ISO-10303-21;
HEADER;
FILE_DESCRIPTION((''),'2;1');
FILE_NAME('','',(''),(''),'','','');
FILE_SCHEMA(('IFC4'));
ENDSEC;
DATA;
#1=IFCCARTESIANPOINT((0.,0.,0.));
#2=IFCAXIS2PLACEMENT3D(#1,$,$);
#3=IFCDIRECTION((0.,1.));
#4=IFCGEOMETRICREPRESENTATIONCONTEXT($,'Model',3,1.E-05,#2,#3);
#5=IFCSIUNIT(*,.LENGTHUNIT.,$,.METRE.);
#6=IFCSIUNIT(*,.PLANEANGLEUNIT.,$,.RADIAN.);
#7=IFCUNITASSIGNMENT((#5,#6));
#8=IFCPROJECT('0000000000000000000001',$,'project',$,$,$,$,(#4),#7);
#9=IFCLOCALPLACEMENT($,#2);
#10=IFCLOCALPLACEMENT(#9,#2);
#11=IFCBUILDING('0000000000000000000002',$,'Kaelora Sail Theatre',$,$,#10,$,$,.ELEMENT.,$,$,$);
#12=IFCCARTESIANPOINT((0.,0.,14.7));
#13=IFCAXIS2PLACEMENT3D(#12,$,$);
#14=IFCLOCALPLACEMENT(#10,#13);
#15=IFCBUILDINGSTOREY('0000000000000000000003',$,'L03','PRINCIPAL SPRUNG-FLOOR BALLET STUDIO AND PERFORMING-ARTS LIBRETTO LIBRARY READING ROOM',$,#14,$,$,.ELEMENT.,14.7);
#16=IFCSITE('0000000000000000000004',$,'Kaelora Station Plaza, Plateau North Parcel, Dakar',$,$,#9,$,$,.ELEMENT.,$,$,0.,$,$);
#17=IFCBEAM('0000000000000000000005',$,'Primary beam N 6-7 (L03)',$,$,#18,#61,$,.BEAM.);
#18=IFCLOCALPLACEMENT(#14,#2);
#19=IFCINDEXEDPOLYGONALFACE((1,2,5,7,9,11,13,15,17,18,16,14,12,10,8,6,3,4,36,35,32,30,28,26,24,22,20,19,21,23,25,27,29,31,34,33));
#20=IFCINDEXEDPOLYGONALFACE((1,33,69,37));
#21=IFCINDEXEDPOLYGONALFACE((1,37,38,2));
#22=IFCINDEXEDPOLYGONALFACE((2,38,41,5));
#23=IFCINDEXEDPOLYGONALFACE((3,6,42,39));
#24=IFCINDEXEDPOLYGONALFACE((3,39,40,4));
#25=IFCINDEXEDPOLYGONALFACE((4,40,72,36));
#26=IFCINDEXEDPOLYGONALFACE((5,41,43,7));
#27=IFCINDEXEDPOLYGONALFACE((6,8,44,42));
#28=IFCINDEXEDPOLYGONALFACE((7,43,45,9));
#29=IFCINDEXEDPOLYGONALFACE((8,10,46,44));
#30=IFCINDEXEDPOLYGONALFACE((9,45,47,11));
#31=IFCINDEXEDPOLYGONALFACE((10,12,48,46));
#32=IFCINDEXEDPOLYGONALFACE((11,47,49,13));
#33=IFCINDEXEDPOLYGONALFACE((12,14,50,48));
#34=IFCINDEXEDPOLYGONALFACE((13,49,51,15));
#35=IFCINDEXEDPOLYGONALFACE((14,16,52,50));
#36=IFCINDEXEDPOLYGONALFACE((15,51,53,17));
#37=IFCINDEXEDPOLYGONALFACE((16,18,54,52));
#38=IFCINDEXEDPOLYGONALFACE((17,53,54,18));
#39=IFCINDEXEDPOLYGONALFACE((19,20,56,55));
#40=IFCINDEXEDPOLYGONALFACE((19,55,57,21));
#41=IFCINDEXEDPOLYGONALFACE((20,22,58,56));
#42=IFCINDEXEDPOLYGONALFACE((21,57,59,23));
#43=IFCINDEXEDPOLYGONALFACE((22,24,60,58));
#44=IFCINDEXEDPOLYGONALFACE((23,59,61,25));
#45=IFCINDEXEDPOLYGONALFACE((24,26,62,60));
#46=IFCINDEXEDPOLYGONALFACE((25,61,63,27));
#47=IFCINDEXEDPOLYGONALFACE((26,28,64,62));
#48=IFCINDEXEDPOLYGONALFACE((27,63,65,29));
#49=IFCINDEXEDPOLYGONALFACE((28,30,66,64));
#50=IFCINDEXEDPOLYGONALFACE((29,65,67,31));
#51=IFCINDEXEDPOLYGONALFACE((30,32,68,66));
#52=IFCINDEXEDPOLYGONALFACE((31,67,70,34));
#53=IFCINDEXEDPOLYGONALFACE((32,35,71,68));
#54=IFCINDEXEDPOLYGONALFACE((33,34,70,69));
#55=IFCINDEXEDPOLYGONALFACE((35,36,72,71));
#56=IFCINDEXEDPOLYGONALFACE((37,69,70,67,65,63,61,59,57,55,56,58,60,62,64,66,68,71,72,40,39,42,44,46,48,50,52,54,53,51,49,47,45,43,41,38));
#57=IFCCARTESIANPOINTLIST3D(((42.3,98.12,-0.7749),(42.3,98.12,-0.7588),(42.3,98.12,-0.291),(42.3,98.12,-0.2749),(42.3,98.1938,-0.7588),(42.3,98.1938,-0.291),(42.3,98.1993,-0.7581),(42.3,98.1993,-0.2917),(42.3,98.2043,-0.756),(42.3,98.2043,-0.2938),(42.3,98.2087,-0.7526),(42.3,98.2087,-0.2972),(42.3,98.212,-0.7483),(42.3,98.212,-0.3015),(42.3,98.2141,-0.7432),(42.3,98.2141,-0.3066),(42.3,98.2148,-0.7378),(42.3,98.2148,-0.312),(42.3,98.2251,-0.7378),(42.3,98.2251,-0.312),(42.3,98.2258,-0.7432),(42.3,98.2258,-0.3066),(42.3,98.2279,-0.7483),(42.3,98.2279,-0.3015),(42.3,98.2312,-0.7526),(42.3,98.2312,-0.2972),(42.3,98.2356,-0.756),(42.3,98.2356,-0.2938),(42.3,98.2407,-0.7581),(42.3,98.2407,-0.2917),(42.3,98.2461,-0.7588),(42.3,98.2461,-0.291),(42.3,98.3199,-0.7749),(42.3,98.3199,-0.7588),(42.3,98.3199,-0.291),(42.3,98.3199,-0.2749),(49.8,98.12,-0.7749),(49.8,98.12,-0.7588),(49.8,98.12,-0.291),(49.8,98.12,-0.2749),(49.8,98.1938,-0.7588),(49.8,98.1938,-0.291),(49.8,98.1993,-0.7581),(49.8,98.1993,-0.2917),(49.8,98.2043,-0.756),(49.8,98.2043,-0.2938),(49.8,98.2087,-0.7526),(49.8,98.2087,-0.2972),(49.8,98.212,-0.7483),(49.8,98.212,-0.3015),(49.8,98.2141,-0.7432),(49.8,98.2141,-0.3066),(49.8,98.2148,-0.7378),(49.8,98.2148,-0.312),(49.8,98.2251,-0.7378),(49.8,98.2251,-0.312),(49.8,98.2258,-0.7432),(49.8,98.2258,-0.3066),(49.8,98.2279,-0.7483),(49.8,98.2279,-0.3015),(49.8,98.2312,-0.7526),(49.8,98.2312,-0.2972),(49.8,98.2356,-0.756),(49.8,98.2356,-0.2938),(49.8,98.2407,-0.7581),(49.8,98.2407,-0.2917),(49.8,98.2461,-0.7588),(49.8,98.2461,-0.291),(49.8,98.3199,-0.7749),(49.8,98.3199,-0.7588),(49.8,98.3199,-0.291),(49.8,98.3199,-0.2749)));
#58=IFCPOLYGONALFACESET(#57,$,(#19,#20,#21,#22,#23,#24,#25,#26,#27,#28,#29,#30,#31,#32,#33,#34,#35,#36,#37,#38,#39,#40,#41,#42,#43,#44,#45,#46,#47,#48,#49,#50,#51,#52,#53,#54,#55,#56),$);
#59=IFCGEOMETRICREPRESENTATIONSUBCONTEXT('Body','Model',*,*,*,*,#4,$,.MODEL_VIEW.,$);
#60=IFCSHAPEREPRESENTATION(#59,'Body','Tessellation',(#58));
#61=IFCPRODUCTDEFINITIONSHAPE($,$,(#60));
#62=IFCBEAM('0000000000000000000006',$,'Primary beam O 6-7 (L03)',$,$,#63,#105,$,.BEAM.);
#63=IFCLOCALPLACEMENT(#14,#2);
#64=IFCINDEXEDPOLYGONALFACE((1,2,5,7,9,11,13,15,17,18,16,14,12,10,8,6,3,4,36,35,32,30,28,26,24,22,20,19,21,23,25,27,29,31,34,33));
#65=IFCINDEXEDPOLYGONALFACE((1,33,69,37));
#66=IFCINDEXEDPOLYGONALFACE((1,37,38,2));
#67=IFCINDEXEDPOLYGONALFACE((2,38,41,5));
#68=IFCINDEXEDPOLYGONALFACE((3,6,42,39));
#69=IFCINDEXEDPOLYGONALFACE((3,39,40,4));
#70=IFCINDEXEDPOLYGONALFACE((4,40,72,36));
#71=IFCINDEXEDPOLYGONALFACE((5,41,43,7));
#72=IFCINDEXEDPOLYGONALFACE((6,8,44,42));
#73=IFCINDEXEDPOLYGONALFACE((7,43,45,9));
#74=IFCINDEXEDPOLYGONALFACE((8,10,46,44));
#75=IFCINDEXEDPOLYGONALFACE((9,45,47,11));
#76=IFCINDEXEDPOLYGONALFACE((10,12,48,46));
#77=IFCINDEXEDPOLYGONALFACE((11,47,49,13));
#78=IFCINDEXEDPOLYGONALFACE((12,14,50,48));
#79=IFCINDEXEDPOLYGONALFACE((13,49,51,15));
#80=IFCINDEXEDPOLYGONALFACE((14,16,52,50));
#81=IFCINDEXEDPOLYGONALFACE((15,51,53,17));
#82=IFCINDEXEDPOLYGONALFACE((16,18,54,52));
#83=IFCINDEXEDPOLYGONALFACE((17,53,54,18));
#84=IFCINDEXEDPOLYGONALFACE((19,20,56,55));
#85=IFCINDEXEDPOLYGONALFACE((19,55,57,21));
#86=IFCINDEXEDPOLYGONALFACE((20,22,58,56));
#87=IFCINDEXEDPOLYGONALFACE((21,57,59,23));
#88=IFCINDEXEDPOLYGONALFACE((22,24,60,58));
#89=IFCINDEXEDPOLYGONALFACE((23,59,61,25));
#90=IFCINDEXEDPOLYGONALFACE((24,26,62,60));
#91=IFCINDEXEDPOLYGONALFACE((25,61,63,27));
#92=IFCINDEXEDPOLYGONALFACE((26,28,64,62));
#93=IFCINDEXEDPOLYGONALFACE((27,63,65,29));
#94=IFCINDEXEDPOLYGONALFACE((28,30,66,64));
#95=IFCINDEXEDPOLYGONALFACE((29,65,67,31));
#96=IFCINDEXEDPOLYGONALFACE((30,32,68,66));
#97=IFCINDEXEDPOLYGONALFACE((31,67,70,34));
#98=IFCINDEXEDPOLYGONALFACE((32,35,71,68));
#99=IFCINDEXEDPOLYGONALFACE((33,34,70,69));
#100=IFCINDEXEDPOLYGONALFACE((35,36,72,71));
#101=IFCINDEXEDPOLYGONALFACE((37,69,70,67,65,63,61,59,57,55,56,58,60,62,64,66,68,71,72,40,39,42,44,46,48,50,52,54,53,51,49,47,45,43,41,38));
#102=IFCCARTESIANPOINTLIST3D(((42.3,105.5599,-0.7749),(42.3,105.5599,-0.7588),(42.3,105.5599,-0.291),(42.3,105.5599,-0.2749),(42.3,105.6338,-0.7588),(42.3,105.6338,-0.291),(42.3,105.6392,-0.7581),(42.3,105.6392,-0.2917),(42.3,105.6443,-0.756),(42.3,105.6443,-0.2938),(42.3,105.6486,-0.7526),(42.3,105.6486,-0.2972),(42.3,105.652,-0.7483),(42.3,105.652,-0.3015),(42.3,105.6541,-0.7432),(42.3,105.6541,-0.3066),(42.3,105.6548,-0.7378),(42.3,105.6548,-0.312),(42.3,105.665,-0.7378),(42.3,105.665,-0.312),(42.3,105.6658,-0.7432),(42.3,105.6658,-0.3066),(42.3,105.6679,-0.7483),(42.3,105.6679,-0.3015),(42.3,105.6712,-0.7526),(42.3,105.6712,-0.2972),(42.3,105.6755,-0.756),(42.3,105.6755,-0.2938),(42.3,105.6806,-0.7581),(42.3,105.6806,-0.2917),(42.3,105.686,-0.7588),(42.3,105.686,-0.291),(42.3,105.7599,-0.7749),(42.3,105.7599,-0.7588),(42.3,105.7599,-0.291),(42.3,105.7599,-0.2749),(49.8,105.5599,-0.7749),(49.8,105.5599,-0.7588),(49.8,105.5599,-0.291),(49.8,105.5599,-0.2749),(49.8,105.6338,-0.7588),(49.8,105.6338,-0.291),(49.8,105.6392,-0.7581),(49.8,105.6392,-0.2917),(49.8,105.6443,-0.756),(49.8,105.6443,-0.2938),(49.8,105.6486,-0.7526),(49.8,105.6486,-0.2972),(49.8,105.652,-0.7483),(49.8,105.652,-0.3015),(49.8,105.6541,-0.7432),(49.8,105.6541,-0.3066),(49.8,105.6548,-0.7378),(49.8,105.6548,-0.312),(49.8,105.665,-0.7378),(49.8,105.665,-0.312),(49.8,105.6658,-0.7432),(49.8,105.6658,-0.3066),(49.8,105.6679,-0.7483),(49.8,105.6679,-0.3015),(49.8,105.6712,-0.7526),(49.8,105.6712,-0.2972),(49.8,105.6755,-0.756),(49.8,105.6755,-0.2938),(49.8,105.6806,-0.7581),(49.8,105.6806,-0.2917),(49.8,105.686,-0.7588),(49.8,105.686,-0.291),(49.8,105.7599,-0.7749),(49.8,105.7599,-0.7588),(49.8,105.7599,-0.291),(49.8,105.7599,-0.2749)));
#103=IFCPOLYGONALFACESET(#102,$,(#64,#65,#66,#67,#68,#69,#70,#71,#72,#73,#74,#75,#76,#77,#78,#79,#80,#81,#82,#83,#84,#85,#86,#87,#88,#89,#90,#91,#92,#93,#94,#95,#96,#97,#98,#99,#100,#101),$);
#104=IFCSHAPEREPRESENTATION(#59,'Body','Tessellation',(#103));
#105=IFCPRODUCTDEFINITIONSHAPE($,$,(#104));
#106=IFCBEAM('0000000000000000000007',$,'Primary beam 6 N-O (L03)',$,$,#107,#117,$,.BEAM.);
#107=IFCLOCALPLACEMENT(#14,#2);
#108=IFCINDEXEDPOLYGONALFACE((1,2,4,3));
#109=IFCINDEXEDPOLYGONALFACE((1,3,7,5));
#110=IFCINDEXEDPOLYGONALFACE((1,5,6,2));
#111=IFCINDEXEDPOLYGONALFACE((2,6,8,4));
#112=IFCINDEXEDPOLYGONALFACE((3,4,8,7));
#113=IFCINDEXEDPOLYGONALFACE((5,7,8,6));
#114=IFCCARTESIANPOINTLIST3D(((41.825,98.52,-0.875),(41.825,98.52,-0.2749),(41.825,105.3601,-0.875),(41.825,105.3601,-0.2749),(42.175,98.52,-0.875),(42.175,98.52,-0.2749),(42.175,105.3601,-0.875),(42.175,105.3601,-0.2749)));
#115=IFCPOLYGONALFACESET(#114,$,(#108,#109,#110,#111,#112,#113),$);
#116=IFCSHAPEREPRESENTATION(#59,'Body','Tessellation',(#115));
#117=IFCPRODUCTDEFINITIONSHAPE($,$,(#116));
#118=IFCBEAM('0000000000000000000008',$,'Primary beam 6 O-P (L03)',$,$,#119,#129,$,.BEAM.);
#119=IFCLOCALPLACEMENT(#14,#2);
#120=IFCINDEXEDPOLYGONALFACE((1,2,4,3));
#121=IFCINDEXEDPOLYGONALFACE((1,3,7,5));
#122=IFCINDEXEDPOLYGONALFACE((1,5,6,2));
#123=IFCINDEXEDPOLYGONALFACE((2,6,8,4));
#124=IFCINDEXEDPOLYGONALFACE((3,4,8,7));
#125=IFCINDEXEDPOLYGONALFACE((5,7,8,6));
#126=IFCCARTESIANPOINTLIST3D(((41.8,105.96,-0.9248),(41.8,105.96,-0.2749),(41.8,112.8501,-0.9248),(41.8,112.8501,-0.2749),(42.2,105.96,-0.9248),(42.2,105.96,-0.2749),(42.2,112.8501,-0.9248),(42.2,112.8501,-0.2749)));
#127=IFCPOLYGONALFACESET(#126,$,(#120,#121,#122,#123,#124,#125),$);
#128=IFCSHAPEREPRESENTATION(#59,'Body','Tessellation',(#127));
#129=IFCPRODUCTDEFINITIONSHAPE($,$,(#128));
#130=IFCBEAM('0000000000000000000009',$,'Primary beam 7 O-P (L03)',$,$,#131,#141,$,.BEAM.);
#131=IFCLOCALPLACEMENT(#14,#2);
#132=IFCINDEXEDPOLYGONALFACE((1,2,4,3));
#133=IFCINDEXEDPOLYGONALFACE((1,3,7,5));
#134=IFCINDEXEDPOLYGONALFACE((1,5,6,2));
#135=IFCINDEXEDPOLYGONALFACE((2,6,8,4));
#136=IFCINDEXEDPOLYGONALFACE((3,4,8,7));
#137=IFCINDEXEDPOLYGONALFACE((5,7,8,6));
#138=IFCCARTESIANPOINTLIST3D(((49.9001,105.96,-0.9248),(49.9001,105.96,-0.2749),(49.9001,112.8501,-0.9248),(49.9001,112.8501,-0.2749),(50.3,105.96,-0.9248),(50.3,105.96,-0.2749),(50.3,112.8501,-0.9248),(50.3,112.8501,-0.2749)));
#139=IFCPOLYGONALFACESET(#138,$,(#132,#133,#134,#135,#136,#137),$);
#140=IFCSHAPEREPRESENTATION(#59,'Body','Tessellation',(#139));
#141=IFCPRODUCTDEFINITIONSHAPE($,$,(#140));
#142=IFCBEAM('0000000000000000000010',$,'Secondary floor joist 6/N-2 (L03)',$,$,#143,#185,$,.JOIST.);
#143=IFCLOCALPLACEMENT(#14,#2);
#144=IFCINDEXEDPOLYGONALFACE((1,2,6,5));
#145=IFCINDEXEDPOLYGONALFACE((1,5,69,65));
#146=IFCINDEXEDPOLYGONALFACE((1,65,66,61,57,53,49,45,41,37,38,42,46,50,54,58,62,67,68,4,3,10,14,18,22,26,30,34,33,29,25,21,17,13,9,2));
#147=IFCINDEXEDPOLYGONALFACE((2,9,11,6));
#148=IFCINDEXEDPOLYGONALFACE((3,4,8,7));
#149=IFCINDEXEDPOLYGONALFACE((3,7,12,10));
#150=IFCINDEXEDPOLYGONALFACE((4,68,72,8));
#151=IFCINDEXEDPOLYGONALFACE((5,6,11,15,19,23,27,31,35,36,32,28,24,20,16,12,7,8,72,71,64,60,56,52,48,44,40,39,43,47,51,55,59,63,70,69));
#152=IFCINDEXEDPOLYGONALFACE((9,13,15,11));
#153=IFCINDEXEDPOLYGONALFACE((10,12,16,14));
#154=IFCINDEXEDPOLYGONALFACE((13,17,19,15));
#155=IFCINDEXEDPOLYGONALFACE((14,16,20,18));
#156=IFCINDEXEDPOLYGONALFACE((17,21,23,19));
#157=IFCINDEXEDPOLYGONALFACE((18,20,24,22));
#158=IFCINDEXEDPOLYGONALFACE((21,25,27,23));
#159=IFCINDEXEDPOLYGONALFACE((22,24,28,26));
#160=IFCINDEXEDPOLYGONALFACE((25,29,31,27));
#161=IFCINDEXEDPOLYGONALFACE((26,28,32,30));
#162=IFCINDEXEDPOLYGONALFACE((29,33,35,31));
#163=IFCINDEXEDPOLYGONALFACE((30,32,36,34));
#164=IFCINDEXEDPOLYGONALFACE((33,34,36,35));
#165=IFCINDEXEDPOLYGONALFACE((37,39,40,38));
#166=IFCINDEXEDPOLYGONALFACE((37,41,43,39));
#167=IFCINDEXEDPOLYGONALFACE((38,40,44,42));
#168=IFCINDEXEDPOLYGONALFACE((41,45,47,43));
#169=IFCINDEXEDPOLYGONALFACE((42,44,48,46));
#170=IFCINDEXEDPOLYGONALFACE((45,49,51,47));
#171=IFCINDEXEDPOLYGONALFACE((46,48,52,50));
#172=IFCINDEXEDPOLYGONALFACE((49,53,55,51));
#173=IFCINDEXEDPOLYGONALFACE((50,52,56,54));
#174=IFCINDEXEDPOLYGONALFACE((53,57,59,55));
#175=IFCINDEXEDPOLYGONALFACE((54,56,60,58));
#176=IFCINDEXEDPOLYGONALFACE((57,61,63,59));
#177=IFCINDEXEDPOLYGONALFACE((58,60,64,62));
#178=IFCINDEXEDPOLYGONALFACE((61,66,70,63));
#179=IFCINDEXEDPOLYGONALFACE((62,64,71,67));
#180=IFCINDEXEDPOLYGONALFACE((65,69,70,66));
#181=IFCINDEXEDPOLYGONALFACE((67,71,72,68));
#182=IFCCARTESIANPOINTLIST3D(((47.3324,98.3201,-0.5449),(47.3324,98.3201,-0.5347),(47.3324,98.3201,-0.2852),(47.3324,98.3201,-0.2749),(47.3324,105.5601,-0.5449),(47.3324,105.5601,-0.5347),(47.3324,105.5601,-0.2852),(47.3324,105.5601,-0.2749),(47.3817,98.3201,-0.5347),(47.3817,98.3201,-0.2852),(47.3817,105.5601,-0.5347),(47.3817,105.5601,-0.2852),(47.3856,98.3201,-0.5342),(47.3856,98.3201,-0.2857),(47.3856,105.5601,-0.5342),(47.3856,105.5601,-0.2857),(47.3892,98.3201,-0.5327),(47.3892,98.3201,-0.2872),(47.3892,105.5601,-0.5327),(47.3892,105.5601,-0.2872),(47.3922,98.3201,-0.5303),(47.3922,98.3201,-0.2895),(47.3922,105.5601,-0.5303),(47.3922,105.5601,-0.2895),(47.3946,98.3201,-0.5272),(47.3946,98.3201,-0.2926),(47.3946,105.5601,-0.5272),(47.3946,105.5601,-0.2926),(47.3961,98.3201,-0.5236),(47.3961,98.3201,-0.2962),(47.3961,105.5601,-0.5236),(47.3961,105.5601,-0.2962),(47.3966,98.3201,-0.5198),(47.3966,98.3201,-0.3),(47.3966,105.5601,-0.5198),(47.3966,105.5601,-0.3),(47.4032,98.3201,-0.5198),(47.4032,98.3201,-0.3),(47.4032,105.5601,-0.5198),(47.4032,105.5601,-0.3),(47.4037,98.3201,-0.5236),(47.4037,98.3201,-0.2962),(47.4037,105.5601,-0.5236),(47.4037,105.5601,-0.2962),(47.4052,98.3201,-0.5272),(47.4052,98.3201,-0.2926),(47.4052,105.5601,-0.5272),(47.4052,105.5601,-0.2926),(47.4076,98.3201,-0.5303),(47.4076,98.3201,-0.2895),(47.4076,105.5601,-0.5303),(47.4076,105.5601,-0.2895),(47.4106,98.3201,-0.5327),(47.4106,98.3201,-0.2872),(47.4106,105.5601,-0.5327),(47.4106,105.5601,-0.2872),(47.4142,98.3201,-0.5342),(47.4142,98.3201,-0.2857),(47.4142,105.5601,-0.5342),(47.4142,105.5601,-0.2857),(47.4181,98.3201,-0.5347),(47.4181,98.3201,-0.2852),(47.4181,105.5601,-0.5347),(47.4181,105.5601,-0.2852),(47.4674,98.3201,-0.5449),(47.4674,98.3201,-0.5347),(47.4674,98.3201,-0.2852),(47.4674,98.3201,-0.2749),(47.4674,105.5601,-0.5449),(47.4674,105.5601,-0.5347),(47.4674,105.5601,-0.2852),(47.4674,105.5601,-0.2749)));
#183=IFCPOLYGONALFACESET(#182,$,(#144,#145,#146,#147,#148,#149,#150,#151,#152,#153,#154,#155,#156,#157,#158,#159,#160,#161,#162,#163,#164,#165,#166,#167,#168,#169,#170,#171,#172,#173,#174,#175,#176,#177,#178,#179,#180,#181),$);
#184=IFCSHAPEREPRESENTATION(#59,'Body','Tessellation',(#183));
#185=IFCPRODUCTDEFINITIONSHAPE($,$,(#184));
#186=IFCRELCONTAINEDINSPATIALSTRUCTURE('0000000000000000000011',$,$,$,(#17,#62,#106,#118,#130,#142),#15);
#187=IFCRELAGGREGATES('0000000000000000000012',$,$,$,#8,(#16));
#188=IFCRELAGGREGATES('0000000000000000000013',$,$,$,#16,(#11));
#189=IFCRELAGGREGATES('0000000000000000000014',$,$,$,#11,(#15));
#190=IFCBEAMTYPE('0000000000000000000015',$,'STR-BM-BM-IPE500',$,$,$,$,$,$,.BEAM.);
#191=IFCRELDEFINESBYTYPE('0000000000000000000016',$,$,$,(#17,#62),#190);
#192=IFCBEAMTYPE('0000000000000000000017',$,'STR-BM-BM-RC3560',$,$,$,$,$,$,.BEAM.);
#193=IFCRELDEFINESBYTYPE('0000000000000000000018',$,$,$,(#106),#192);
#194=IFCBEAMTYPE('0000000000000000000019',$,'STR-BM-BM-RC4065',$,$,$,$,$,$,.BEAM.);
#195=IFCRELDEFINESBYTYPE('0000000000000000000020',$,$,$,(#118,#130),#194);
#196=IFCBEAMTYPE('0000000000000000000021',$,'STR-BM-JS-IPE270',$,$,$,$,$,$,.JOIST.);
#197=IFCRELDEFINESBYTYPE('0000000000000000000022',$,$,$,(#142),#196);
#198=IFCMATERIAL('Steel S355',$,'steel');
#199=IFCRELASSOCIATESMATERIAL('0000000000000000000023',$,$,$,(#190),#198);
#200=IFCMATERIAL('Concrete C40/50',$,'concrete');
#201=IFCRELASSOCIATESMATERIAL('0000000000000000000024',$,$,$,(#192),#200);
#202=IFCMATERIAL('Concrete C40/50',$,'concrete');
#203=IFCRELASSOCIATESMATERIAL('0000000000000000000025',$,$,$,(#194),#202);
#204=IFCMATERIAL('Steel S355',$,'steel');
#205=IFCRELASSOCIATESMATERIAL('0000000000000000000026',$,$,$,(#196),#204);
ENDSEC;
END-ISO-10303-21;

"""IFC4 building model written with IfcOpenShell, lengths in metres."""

from ifc_helpers import new_model, si_unit, direction, frame, origin, origin_2d, place, context, subcontext, project, spatial, rectangle, i_section, extrude, material, material_profile, profile_set, type_object, element, save


model = new_model("IFC4")

# Units and contexts
model_context = context("Model", 3, precision=1e-05, world=origin(), true_north=direction((0.0, 1.0)))
body_context = subcontext(model_context, "Body", "Model", "MODEL_VIEW")
ifc_project = project(units=[si_unit("LENGTHUNIT", "METRE"), si_unit("PLANEANGLEUNIT", "RADIAN")], contexts=[model_context])

# Site, building, storey
site_placement = place(None, origin())
site = spatial("IfcSite", under=ifc_project, at=site_placement, Name="Kaelora Station Plaza, Plateau North Parcel, Dakar", CompositionType="ELEMENT", RefElevation=0.0)
building_placement = place(site_placement, origin())
building = spatial("IfcBuilding", under=site, at=building_placement, Name="Kaelora Sail Theatre", CompositionType="ELEMENT")
storey_placement = place(building_placement, frame((0.0, 0.0, 14.7)))
storey = spatial("IfcBuildingStorey", under=building, at=storey_placement, Name="L03", Description="PRINCIPAL SPRUNG-FLOOR BALLET STUDIO AND PERFORMING-ARTS LIBRETTO LIBRARY READING ROOM", CompositionType="ELEMENT", Elevation=14.7)

# Beams
ifc_material_1 = material(Name="Steel S355", Category="steel")
ifc_material_profile_1 = material_profile(ifc_material_1, i_section(OverallWidth=0.2, OverallDepth=0.5, WebThickness=0.0103, FlangeThickness=0.0161, FilletRadius=0.021, at=origin_2d()), Name="IPE 500")
ifc_profile_set_1 = profile_set([ifc_material_profile_1], Name="Steel S355")
beam_type_1 = type_object("IfcBeamType", Name="STR-BM-BM-IPE500", PredefinedType="BEAM", material=ifc_profile_set_1)
for number, where, z_axis, x_axis, name in (
    (1, (42.3, 98.22, -0.5249), (1.0, 0.0, 0.0), (0.0, 1.0, 0.0), "Primary beam N 6-7 (L03)"),
    (2, (42.3, 105.6599, -0.5249), (1.0, 0.0, 0.0), (0.0, 1.0, 0.0), "Primary beam O 6-7 (L03)"),
):
    element("IfcBeam", number, at=place(storey_placement, frame(where, z_axis=z_axis, x_axis=x_axis)), inside=storey, type_object=beam_type_1, Name=name, PredefinedType="BEAM", context=body_context, shape_type="SweptSolid", body=[
        extrude(i_section(OverallWidth=0.2, OverallDepth=0.5, WebThickness=0.0103, FlangeThickness=0.0161, FilletRadius=0.021, at=origin_2d()), origin(), (0.0, 0.0, 1.0), 7.5),
    ])
ifc_material_2 = material(Name="Concrete C40/50", Category="concrete")
ifc_material_profile_2 = material_profile(ifc_material_2, rectangle(XDim=0.3501, YDim=0.6001, at=origin_2d()), Name="RC-BM 350x600")
ifc_profile_set_2 = profile_set([ifc_material_profile_2], Name="Concrete C40/50")
beam_type_2 = type_object("IfcBeamType", Name="STR-BM-BM-RC3560", PredefinedType="BEAM", material=ifc_profile_set_2)
beam_1_placement = place(storey_placement, frame((42.0, 98.52, -0.575), z_axis=(0.0, 1.0, 0.0), x_axis=(-1.0, 0.0, 0.0)))
element("IfcBeam", 3, at=beam_1_placement, inside=storey, type_object=beam_type_2, Name="Primary beam 6 N-O (L03)", PredefinedType="BEAM", context=body_context, shape_type="SweptSolid", body=[
    extrude(rectangle(XDim=0.3501, YDim=0.6001, at=origin_2d()), origin(), (0.0, 0.0, 1.0), 6.8401),
])
ifc_material_3 = material(Name="Concrete C40/50", Category="concrete")
ifc_material_profile_3 = material_profile(ifc_material_3, rectangle(XDim=0.3999, YDim=0.6499, at=origin_2d()), Name="RC-BM 400x650")
ifc_profile_set_3 = profile_set([ifc_material_profile_3], Name="Concrete C40/50")
beam_type_3 = type_object("IfcBeamType", Name="STR-BM-BM-RC4065", PredefinedType="BEAM", material=ifc_profile_set_3)
for number, where, z_axis, x_axis, name in (
    (4, (42.0, 105.96, -0.5999), (0.0, 1.0, 0.0), (-1.0, 0.0, 0.0), "Primary beam 6 O-P (L03)"),
    (5, (50.1001, 105.96, -0.5999), (0.0, 1.0, 0.0), (-1.0, 0.0, 0.0), "Primary beam 7 O-P (L03)"),
):
    element("IfcBeam", number, at=place(storey_placement, frame(where, z_axis=z_axis, x_axis=x_axis)), inside=storey, type_object=beam_type_3, Name=name, PredefinedType="BEAM", context=body_context, shape_type="SweptSolid", body=[
        extrude(rectangle(XDim=0.3999, YDim=0.6499, at=origin_2d()), origin(), (0.0, 0.0, 1.0), 6.8901),
    ])
ifc_material_4 = material(Name="Steel S355", Category="steel")
ifc_material_profile_4 = material_profile(ifc_material_4, i_section(OverallWidth=0.135, OverallDepth=0.27, WebThickness=0.0066, FlangeThickness=0.0103, FilletRadius=0.0149, at=origin_2d()), Name="IPE 270")
ifc_profile_set_4 = profile_set([ifc_material_profile_4], Name="Steel S355")
beam_type_4 = type_object("IfcBeamType", Name="STR-BM-JS-IPE270", PredefinedType="JOIST", material=ifc_profile_set_4)
beam_2_placement = place(storey_placement, frame((47.3999, 98.3201, -0.4099), z_axis=(0.0, 1.0, 0.0), x_axis=(-1.0, 0.0, 0.0)))
element("IfcBeam", 6, at=beam_2_placement, inside=storey, type_object=beam_type_4, Name="Secondary floor joist 6/N-2 (L03)", PredefinedType="JOIST", context=body_context, shape_type="SweptSolid", body=[
    extrude(i_section(OverallWidth=0.135, OverallDepth=0.27, WebThickness=0.0066, FlangeThickness=0.0103, FilletRadius=0.0149, at=origin_2d()), origin(), (0.0, 0.0, 1.0), 7.24),
])

save(model, "model.ifc")
